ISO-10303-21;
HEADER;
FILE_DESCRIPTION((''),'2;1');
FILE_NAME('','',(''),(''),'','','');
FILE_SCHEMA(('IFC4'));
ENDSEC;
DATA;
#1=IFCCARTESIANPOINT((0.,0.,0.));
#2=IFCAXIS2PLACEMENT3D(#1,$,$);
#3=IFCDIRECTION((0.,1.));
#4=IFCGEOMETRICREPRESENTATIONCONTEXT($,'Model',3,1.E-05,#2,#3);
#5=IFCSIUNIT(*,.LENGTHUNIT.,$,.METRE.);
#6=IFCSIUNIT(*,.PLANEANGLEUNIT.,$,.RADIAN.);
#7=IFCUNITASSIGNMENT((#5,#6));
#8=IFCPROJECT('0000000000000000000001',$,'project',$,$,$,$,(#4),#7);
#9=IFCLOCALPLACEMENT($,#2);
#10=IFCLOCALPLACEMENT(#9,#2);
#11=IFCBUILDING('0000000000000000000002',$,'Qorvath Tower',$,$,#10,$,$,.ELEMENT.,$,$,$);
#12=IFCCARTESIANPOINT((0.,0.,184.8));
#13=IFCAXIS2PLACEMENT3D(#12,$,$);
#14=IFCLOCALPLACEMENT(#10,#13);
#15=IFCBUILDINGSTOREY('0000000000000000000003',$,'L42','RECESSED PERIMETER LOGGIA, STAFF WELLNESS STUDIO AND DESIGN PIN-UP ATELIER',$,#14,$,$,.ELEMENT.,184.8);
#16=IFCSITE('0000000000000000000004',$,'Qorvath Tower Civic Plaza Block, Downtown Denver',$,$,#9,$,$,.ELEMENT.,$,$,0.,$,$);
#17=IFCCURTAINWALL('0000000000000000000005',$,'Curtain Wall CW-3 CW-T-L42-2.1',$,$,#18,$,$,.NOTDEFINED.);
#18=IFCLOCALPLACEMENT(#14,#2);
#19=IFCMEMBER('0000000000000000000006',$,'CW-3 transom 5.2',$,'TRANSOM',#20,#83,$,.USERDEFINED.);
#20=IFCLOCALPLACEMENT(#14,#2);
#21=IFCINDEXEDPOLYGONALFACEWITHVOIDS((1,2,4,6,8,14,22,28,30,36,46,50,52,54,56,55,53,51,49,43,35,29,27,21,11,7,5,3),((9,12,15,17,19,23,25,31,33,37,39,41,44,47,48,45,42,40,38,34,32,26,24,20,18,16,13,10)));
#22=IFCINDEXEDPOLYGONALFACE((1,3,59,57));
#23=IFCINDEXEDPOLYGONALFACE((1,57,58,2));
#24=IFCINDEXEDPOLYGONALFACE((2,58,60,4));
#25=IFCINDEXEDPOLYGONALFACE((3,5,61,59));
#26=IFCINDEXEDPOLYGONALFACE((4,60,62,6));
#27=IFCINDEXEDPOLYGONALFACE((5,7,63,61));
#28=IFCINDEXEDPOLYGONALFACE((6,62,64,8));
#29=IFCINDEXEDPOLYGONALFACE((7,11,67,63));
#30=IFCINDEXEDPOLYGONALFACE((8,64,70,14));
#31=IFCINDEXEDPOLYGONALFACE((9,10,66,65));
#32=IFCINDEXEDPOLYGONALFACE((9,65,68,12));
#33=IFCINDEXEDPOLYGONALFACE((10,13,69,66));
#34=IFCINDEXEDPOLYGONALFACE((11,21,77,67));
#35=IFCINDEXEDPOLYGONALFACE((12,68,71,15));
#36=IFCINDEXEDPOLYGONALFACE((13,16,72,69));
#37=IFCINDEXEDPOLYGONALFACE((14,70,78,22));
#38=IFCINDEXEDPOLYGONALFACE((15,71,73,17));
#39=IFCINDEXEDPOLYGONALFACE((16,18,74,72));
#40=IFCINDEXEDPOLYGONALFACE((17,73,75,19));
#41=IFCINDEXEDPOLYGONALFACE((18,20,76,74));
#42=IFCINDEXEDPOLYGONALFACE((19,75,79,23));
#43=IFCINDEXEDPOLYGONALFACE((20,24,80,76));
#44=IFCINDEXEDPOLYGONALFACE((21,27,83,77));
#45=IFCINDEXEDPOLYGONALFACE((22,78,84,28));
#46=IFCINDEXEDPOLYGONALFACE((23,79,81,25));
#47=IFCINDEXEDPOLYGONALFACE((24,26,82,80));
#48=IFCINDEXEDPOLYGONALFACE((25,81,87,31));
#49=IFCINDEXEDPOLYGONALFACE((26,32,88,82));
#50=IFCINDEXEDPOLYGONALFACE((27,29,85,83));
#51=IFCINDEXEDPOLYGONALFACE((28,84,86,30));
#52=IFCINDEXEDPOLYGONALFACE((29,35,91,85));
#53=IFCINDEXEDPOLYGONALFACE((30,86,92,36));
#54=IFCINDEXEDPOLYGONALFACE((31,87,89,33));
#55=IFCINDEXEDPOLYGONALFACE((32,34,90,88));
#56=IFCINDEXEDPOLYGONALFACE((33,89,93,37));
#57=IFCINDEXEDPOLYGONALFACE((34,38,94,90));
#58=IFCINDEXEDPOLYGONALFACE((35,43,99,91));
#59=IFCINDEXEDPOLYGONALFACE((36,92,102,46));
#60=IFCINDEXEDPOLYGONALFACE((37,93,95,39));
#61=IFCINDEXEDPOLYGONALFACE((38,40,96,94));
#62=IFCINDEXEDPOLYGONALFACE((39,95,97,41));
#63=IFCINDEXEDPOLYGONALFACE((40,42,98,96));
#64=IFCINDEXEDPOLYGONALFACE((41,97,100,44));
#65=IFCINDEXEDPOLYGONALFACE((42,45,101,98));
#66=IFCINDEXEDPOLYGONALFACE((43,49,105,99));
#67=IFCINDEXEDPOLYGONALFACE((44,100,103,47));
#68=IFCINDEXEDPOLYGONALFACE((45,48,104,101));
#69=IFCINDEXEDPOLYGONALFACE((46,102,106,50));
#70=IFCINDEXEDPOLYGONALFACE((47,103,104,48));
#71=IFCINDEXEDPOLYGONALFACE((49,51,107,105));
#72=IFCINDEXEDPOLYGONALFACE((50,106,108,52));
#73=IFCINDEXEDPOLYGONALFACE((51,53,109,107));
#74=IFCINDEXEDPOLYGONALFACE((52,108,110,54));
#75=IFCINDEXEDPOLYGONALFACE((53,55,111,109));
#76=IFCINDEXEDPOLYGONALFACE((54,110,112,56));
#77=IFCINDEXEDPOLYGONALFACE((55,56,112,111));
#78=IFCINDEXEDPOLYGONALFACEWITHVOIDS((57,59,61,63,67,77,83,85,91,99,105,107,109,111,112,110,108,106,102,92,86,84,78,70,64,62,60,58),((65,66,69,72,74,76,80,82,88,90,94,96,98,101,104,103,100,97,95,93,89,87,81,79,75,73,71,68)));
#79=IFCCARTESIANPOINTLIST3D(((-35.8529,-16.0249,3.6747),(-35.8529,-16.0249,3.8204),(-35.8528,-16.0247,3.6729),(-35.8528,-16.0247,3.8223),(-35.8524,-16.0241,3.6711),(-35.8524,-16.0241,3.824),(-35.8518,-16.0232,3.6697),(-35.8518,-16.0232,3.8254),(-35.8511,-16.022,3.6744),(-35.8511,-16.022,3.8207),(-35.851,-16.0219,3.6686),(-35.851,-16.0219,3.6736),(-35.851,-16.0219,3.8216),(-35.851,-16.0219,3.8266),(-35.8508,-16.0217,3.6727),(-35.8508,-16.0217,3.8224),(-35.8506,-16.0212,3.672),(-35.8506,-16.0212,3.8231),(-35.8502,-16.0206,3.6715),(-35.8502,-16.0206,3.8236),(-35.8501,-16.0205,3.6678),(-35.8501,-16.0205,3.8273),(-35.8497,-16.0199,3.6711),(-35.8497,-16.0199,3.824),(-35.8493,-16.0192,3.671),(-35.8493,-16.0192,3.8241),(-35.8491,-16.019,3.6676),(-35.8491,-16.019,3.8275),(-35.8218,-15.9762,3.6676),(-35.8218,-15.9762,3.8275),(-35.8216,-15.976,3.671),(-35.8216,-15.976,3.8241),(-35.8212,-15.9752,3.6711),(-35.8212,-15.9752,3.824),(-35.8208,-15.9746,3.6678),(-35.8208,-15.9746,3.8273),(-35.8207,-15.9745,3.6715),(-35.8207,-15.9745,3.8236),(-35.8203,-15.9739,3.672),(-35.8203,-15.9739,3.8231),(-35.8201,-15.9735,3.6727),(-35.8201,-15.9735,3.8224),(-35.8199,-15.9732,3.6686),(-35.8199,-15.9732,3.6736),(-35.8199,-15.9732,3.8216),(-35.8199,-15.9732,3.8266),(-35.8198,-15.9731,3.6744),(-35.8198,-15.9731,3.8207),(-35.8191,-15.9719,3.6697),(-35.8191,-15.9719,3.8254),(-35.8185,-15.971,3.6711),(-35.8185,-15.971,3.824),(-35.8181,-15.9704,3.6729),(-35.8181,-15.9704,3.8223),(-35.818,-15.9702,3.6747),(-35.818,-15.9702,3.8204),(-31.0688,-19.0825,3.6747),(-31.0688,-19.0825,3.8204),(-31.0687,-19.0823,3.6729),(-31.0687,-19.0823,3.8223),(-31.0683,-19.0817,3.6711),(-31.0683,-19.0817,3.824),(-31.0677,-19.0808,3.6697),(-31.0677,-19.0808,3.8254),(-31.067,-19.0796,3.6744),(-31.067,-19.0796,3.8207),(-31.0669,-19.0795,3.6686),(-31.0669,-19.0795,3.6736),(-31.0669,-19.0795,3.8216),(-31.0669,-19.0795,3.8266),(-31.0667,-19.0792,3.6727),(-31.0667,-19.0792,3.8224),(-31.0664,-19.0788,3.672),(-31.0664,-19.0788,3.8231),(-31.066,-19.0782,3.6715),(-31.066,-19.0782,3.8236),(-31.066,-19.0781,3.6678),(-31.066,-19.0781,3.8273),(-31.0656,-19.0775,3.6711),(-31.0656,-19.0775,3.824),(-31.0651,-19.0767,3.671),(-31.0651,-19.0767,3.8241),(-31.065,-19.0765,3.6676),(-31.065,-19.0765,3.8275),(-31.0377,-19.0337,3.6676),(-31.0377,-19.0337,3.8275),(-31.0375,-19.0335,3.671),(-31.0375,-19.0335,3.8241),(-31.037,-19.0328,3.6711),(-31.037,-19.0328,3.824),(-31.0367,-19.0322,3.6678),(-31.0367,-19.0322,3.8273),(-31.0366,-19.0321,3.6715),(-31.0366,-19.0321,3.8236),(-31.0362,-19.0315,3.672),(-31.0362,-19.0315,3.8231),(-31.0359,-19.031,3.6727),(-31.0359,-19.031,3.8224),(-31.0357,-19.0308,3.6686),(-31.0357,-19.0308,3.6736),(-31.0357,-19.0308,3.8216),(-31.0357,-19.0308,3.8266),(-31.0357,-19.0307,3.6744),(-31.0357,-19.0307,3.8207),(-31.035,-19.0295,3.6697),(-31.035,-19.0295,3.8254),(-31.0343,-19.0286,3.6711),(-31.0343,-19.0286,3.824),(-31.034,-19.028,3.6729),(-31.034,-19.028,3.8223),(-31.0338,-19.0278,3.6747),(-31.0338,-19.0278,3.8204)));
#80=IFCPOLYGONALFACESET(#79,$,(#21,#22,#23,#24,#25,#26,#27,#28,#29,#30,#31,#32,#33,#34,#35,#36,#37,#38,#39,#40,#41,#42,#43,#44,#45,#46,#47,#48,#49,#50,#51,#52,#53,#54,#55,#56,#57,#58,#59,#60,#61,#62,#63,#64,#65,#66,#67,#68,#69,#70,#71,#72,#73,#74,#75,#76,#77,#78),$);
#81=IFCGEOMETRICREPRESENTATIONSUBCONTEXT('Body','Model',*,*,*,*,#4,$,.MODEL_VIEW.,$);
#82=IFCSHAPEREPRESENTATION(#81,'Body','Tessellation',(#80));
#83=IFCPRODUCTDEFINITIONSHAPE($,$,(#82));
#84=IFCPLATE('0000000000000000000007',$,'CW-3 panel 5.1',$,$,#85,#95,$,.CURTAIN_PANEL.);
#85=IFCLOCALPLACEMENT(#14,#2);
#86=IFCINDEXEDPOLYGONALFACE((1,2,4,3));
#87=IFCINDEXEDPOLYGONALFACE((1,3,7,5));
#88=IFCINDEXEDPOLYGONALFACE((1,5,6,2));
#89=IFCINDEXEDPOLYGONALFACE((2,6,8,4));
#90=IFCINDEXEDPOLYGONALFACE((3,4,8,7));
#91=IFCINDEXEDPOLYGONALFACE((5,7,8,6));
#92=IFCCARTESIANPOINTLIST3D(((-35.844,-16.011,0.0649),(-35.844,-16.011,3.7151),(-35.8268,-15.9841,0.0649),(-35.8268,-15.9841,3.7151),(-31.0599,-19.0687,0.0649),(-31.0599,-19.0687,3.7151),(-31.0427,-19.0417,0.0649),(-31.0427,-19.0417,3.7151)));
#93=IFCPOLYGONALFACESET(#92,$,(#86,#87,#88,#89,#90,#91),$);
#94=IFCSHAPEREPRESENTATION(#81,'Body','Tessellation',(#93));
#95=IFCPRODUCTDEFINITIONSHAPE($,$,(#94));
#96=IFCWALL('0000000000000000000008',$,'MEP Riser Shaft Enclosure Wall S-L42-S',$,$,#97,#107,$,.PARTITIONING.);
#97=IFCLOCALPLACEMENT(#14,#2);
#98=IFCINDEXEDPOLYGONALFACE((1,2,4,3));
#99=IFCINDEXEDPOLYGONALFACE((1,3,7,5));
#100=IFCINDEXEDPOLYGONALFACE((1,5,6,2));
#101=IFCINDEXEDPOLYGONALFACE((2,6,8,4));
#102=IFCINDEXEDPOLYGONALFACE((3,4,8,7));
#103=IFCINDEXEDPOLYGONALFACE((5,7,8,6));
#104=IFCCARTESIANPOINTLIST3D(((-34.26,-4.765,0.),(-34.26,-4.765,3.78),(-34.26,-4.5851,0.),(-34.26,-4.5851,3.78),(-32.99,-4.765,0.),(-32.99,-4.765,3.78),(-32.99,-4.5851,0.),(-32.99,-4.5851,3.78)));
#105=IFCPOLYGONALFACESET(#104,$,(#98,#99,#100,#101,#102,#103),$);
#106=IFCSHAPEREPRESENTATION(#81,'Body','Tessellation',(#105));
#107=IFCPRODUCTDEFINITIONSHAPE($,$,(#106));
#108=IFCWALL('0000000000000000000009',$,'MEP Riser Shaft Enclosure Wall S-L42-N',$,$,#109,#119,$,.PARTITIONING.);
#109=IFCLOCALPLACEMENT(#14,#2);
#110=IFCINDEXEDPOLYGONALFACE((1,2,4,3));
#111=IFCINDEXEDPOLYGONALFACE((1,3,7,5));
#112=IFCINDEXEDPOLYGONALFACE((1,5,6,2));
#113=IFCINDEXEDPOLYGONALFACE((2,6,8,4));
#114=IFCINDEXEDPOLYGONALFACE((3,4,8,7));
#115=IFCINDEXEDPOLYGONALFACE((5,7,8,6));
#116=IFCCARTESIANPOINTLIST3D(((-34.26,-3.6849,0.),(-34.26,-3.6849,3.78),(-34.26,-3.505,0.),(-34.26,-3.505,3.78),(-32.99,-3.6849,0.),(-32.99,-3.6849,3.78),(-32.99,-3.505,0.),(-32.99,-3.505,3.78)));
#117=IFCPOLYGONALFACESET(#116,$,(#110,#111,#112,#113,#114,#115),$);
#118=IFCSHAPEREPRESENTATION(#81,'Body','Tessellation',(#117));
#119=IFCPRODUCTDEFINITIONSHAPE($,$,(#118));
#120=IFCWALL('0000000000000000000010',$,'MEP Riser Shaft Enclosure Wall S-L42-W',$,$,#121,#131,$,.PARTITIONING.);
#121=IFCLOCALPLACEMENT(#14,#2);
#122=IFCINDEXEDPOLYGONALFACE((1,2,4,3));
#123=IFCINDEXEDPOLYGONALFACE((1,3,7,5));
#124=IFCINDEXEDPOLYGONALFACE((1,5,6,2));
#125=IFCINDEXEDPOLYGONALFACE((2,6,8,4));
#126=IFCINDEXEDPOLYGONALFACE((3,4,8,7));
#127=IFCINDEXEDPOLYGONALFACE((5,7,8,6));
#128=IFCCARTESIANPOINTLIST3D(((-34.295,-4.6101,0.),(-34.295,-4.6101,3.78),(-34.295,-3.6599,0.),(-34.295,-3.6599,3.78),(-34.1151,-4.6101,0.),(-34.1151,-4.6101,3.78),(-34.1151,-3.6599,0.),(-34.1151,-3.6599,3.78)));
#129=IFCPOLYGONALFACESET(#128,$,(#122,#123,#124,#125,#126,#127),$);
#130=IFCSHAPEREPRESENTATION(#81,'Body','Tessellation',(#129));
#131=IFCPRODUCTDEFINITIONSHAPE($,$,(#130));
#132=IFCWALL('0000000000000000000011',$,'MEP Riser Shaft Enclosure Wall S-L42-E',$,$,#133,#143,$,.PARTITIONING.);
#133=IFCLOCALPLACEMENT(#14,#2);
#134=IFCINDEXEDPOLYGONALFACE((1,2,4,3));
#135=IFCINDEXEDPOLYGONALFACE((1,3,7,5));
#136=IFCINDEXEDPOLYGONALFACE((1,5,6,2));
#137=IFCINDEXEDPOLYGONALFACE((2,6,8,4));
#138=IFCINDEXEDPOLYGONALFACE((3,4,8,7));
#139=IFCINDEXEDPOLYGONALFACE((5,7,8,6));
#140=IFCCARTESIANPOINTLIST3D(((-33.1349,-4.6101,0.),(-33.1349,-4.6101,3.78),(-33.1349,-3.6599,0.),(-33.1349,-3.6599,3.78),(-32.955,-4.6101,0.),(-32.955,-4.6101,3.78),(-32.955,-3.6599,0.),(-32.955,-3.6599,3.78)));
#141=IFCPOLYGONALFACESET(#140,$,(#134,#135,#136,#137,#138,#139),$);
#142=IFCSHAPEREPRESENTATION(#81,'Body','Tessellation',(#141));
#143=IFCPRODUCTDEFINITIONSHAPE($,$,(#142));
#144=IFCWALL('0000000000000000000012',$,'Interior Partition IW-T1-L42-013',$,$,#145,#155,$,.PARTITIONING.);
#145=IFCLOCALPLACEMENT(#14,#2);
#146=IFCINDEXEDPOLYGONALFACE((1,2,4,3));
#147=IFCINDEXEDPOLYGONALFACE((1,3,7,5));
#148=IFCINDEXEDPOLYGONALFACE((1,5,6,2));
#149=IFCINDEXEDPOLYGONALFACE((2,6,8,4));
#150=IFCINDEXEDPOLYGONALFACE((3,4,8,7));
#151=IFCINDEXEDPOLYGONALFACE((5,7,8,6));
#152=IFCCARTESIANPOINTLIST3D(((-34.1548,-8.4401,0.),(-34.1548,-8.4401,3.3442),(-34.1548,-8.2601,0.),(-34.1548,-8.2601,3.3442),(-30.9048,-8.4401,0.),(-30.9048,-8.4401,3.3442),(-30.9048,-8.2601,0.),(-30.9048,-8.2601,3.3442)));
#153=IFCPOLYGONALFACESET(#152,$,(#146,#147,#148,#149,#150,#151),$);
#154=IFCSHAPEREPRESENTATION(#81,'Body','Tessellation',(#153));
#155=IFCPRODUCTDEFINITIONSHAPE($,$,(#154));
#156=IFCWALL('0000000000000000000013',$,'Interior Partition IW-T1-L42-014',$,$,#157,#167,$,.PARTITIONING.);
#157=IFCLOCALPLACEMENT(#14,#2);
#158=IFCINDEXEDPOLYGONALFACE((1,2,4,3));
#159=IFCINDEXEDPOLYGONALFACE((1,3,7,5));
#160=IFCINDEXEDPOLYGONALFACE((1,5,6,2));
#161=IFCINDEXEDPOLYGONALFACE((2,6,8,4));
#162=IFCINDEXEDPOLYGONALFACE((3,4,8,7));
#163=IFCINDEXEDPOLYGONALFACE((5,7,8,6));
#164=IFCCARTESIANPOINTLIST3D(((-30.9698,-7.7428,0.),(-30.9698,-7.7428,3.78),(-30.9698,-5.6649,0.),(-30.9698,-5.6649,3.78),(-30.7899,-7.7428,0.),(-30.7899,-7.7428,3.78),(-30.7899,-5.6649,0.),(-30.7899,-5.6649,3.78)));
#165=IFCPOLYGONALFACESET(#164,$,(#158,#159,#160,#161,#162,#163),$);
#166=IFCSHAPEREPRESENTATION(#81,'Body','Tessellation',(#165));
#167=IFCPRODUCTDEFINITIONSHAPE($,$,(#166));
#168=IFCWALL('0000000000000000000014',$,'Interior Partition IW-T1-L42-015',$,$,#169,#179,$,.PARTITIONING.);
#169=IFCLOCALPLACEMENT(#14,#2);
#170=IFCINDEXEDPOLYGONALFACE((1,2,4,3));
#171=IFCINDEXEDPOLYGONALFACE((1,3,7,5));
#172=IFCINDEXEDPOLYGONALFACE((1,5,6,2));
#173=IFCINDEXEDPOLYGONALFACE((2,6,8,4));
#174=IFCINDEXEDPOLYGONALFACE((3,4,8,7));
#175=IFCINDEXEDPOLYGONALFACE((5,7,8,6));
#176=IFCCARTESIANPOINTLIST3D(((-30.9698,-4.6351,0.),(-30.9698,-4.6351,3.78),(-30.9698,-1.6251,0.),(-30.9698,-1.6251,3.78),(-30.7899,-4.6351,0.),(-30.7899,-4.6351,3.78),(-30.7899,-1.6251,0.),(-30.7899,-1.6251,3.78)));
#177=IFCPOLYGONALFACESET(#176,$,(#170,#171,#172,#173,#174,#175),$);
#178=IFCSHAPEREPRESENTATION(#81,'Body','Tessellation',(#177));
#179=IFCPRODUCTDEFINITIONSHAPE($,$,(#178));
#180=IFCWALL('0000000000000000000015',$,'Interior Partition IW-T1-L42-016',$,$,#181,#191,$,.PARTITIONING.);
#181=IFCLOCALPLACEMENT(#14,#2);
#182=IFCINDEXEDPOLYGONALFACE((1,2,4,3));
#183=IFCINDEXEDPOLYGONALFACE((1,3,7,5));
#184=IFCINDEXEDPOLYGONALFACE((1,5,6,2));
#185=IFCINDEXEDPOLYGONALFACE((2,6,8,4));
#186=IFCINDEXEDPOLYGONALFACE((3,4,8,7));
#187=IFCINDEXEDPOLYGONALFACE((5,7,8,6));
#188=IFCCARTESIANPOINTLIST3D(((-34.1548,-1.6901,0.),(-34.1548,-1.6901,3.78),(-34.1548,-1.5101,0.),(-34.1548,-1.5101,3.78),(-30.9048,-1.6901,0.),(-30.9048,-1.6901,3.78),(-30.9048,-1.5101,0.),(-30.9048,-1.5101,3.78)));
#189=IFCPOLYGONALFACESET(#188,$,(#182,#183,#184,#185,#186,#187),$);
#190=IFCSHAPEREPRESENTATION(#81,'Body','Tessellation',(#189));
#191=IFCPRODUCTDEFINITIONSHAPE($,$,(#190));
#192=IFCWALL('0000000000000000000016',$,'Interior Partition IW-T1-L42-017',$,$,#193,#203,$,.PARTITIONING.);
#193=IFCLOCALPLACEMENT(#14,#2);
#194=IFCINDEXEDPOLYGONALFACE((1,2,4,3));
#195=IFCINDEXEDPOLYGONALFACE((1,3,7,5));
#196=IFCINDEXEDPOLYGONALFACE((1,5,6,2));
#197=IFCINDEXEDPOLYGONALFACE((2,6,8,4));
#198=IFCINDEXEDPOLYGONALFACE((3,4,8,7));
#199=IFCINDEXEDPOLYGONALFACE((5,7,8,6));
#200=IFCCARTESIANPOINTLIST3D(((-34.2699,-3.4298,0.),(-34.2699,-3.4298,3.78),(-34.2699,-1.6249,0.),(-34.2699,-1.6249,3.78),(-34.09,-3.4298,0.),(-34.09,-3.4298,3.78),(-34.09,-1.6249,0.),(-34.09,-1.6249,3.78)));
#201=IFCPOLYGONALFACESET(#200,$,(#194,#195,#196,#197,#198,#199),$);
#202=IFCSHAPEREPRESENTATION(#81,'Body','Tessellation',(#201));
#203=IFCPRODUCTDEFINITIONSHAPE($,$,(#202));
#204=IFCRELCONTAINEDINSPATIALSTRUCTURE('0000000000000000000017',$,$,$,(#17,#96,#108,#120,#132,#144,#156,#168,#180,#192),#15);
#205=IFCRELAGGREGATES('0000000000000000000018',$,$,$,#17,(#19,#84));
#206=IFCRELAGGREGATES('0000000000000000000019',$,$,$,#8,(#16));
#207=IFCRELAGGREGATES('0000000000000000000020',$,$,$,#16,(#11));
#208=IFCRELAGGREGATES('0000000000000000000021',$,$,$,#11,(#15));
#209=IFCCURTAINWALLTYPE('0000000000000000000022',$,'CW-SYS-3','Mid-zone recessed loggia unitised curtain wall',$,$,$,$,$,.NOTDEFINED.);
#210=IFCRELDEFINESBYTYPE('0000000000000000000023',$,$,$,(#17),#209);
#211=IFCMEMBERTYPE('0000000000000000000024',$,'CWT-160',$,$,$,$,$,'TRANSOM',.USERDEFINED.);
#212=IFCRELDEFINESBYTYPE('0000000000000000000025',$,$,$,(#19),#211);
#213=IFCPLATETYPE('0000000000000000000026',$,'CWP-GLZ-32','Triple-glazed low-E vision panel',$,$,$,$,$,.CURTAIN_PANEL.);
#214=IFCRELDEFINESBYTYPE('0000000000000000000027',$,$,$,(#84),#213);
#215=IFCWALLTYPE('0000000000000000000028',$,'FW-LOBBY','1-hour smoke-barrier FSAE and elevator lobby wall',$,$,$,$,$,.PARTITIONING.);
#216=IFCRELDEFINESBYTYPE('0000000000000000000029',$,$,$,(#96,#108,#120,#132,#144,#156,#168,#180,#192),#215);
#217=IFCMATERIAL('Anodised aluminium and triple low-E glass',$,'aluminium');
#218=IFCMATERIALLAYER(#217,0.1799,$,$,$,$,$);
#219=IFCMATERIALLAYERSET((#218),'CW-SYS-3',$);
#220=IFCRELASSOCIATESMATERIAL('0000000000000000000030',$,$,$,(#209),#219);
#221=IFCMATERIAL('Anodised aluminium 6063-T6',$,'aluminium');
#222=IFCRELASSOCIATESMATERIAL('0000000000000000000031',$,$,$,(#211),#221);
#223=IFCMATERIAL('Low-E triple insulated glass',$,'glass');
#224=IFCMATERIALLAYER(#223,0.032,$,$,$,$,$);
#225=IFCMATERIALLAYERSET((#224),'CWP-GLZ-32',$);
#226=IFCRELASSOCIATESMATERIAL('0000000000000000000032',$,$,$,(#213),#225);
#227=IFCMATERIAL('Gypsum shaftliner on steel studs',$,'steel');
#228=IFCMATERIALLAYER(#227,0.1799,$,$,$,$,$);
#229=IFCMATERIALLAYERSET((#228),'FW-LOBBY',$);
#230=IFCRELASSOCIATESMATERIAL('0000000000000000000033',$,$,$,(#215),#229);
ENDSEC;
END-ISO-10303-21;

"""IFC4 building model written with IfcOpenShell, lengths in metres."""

from ifc_helpers import new_model, si_unit, direction, frame, frame_2d, origin, origin_2d, place, context, subcontext, project, spatial, rectangle, hollow_rectangle, extrude, material, layer, layer_set, material_profile, profile_set, type_object, element, aggregate, save


model = new_model("IFC4")

# Units and contexts
model_context = context("Model", 3, precision=1e-05, world=origin(), true_north=direction((0.0, 1.0)))
body_context = subcontext(model_context, "Body", "Model", "MODEL_VIEW")
ifc_project = project(units=[si_unit("LENGTHUNIT", "METRE"), si_unit("PLANEANGLEUNIT", "RADIAN")], contexts=[model_context])

# Site, building, storey
site_placement = place(None, origin())
site = spatial("IfcSite", under=ifc_project, at=site_placement, Name="Qorvath Tower Civic Plaza Block, Downtown Denver", CompositionType="ELEMENT", RefElevation=0.0)
building_placement = place(site_placement, origin())
building = spatial("IfcBuilding", under=site, at=building_placement, Name="Qorvath Tower", CompositionType="ELEMENT")
storey_placement = place(building_placement, frame((0.0, 0.0, 184.8)))
storey = spatial("IfcBuildingStorey", under=building, at=storey_placement, Name="L42", Description="RECESSED PERIMETER LOGGIA, STAFF WELLNESS STUDIO AND DESIGN PIN-UP ATELIER", CompositionType="ELEMENT", Elevation=184.8)

# Curtain wall
ifc_material_1 = material(Name="Anodised aluminium and triple low-E glass", Category="aluminium")
ifc_layer_1 = layer(ifc_material_1, 0.1799)
ifc_layer_set_1 = layer_set([ifc_layer_1], Name="CW-SYS-3")
curtain_wall_type = type_object("IfcCurtainWallType", Name="CW-SYS-3", Description="Mid-zone recessed loggia unitised curtain wall", PredefinedType="NOTDEFINED", material=ifc_layer_set_1)
curtain_wall_1_placement = place(storey_placement, origin())
curtain_wall_1 = element("IfcCurtainWall", 1, at=curtain_wall_1_placement, inside=storey, type_object=curtain_wall_type, Name="Curtain Wall CW-3 CW-T-L42-2.1", PredefinedType="NOTDEFINED")

# Member
ifc_material_2 = material(Name="Anodised aluminium 6063-T6", Category="aluminium")
ifc_material_profile_1 = material_profile(ifc_material_2, hollow_rectangle(XDim=0.0649, YDim=0.1599, WallThickness=0.0034, InnerFilletRadius=0.0034, OuterFilletRadius=0.0071, at=origin_2d()), Name="CWT 160x65")
ifc_profile_set_1 = profile_set([ifc_material_profile_1], Name="Anodised aluminium 6063-T6")
member_type_1 = type_object("IfcMemberType", Name="CWT-160", ElementType="TRANSOM", PredefinedType="USERDEFINED", material=ifc_profile_set_1)
member_1_placement = place(storey_placement, frame((-35.8354, -15.9976, 3.7476), z_axis=(0.842612, -0.538522, 0.0), x_axis=(0.538522, 0.842612, 0.0)))
member_1 = element("IfcMember", 2, at=member_1_placement, type_object=member_type_1, Name="CW-3 transom 5.2", ObjectType="TRANSOM", PredefinedType="USERDEFINED", context=body_context, shape_type="SweptSolid", body=[
    extrude(hollow_rectangle(XDim=0.0649, YDim=0.1599, WallThickness=0.0034, InnerFilletRadius=0.0034, OuterFilletRadius=0.0071, at=origin_2d()), origin(), (0.0, 0.0, 1.0), 5.6777),
])

# Plate
ifc_material_3 = material(Name="Low-E triple insulated glass", Category="glass")
ifc_layer_2 = layer(ifc_material_3, 0.032)
ifc_layer_set_2 = layer_set([ifc_layer_2], Name="CWP-GLZ-32")
plate_type = type_object("IfcPlateType", Name="CWP-GLZ-32", Description="Triple-glazed low-E vision panel", PredefinedType="CURTAIN_PANEL", material=ifc_layer_set_2)
plate_placement = place(storey_placement, frame((-33.4434, -17.5264, 0.0649), z_axis=(0.0, 0.0, 1.0), x_axis=(0.842607, -0.53853, 0.0)))
plate = element("IfcPlate", 3, at=plate_placement, type_object=plate_type, Name="CW-3 panel 5.1", PredefinedType="CURTAIN_PANEL", context=body_context, shape_type="SweptSolid", body=[
    extrude(rectangle(XDim=5.6777, YDim=0.032, at=origin_2d()), origin(), (0.0, 0.0, 1.0), 3.6501),
])
aggregate(curtain_wall_1, [member_1, plate])

# Walls
ifc_material_4 = material(Name="Gypsum shaftliner on steel studs", Category="steel")
ifc_layer_3 = layer(ifc_material_4, 0.1799)
ifc_layer_set_3 = layer_set([ifc_layer_3], Name="FW-LOBBY")
wall_type_1 = type_object("IfcWallType", Name="FW-LOBBY", Description="1-hour smoke-barrier FSAE and elevator lobby wall", PredefinedType="PARTITIONING", material=ifc_layer_set_3)
for number, where, z_axis, x_axis, name in (
    (4, (-32.99, -4.675, 0.0), (0.0, 0.0, 1.0), (-1.0, 0.0, 0.0), "MEP Riser Shaft Enclosure Wall S-L42-S"),
    (5, (-34.26, -3.595, 0.0), (0.0, 0.0, 1.0), (1.0, 0.0, 0.0), "MEP Riser Shaft Enclosure Wall S-L42-N"),
):
    element("IfcWall", number, at=place(storey_placement, frame(where, z_axis=z_axis, x_axis=x_axis)), inside=storey, type_object=wall_type_1, Name=name, PredefinedType="PARTITIONING", context=body_context, shape_type="SweptSolid", body=[
        extrude(rectangle(XDim=1.27, YDim=0.1799, at=frame_2d((0.635, 0.0))), origin(), (0.0, 0.0, 1.0), 3.78),
    ])
for number, where, z_axis, x_axis, name in (
    (6, (-34.2051, -4.6101, 0.0), (0.0, 0.0, 1.0), (0.0, 1.0, 0.0), "MEP Riser Shaft Enclosure Wall S-L42-W"),
    (7, (-33.0449, -3.6599, 0.0), (0.0, 0.0, 1.0), (0.0, -1.0, 0.0), "MEP Riser Shaft Enclosure Wall S-L42-E"),
):
    element("IfcWall", number, at=place(storey_placement, frame(where, z_axis=z_axis, x_axis=x_axis)), inside=storey, type_object=wall_type_1, Name=name, PredefinedType="PARTITIONING", context=body_context, shape_type="SweptSolid", body=[
        extrude(rectangle(XDim=0.9502, YDim=0.1799, at=frame_2d((0.4751, 0.0))), origin(), (0.0, 0.0, 1.0), 3.78),
    ])
wall_1_placement = place(storey_placement, frame((-34.1548, -8.3501, 0.0), z_axis=(0.0, 0.0, 1.0), x_axis=(1.0, 0.0, 0.0)))
element("IfcWall", 8, at=wall_1_placement, inside=storey, type_object=wall_type_1, Name="Interior Partition IW-T1-L42-013", PredefinedType="PARTITIONING", context=body_context, shape_type="SweptSolid", body=[
    extrude(rectangle(XDim=3.25, YDim=0.1799, at=frame_2d((1.625, 0.0))), origin(), (0.0, 0.0, 1.0), 3.3442),
])
wall_2_placement = place(storey_placement, frame((-30.8799, -7.7429, 0.0), z_axis=(0.0, 0.0, 1.0), x_axis=(0.0, 1.0, 0.0)))
element("IfcWall", 9, at=wall_2_placement, inside=storey, type_object=wall_type_1, Name="Interior Partition IW-T1-L42-014", PredefinedType="PARTITIONING", context=body_context, shape_type="SweptSolid", body=[
    extrude(rectangle(XDim=2.0779, YDim=0.1799, at=frame_2d((1.0391, 0.0))), origin(), (0.0, 0.0, 1.0), 3.78),
])
wall_3_placement = place(storey_placement, frame((-30.8799, -4.635, 0.0), z_axis=(0.0, 0.0, 1.0), x_axis=(0.0, 1.0, 0.0)))
element("IfcWall", 10, at=wall_3_placement, inside=storey, type_object=wall_type_1, Name="Interior Partition IW-T1-L42-015", PredefinedType="PARTITIONING", context=body_context, shape_type="SweptSolid", body=[
    extrude(rectangle(XDim=3.01, YDim=0.1799, at=frame_2d((1.5049, 0.0))), origin(), (0.0, 0.0, 1.0), 3.78),
])
wall_4_placement = place(storey_placement, frame((-30.9048, -1.6001, 0.0), z_axis=(0.0, 0.0, 1.0), x_axis=(-1.0, 0.0, 0.0)))
element("IfcWall", 11, at=wall_4_placement, inside=storey, type_object=wall_type_1, Name="Interior Partition IW-T1-L42-016", PredefinedType="PARTITIONING", context=body_context, shape_type="SweptSolid", body=[
    extrude(rectangle(XDim=3.25, YDim=0.1799, at=frame_2d((1.625, 0.0))), origin(), (0.0, 0.0, 1.0), 3.78),
])
wall_5_placement = place(storey_placement, frame((-34.1799, -1.625, 0.0), z_axis=(0.0, 0.0, 1.0), x_axis=(0.0, -1.0, 0.0)))
element("IfcWall", 12, at=wall_5_placement, inside=storey, type_object=wall_type_1, Name="Interior Partition IW-T1-L42-017", PredefinedType="PARTITIONING", context=body_context, shape_type="SweptSolid", body=[
    extrude(rectangle(XDim=1.8049, YDim=0.1799, at=frame_2d((0.9023, 0.0))), origin(), (0.0, 0.0, 1.0), 3.78),
])

save(model, "model.ifc")
